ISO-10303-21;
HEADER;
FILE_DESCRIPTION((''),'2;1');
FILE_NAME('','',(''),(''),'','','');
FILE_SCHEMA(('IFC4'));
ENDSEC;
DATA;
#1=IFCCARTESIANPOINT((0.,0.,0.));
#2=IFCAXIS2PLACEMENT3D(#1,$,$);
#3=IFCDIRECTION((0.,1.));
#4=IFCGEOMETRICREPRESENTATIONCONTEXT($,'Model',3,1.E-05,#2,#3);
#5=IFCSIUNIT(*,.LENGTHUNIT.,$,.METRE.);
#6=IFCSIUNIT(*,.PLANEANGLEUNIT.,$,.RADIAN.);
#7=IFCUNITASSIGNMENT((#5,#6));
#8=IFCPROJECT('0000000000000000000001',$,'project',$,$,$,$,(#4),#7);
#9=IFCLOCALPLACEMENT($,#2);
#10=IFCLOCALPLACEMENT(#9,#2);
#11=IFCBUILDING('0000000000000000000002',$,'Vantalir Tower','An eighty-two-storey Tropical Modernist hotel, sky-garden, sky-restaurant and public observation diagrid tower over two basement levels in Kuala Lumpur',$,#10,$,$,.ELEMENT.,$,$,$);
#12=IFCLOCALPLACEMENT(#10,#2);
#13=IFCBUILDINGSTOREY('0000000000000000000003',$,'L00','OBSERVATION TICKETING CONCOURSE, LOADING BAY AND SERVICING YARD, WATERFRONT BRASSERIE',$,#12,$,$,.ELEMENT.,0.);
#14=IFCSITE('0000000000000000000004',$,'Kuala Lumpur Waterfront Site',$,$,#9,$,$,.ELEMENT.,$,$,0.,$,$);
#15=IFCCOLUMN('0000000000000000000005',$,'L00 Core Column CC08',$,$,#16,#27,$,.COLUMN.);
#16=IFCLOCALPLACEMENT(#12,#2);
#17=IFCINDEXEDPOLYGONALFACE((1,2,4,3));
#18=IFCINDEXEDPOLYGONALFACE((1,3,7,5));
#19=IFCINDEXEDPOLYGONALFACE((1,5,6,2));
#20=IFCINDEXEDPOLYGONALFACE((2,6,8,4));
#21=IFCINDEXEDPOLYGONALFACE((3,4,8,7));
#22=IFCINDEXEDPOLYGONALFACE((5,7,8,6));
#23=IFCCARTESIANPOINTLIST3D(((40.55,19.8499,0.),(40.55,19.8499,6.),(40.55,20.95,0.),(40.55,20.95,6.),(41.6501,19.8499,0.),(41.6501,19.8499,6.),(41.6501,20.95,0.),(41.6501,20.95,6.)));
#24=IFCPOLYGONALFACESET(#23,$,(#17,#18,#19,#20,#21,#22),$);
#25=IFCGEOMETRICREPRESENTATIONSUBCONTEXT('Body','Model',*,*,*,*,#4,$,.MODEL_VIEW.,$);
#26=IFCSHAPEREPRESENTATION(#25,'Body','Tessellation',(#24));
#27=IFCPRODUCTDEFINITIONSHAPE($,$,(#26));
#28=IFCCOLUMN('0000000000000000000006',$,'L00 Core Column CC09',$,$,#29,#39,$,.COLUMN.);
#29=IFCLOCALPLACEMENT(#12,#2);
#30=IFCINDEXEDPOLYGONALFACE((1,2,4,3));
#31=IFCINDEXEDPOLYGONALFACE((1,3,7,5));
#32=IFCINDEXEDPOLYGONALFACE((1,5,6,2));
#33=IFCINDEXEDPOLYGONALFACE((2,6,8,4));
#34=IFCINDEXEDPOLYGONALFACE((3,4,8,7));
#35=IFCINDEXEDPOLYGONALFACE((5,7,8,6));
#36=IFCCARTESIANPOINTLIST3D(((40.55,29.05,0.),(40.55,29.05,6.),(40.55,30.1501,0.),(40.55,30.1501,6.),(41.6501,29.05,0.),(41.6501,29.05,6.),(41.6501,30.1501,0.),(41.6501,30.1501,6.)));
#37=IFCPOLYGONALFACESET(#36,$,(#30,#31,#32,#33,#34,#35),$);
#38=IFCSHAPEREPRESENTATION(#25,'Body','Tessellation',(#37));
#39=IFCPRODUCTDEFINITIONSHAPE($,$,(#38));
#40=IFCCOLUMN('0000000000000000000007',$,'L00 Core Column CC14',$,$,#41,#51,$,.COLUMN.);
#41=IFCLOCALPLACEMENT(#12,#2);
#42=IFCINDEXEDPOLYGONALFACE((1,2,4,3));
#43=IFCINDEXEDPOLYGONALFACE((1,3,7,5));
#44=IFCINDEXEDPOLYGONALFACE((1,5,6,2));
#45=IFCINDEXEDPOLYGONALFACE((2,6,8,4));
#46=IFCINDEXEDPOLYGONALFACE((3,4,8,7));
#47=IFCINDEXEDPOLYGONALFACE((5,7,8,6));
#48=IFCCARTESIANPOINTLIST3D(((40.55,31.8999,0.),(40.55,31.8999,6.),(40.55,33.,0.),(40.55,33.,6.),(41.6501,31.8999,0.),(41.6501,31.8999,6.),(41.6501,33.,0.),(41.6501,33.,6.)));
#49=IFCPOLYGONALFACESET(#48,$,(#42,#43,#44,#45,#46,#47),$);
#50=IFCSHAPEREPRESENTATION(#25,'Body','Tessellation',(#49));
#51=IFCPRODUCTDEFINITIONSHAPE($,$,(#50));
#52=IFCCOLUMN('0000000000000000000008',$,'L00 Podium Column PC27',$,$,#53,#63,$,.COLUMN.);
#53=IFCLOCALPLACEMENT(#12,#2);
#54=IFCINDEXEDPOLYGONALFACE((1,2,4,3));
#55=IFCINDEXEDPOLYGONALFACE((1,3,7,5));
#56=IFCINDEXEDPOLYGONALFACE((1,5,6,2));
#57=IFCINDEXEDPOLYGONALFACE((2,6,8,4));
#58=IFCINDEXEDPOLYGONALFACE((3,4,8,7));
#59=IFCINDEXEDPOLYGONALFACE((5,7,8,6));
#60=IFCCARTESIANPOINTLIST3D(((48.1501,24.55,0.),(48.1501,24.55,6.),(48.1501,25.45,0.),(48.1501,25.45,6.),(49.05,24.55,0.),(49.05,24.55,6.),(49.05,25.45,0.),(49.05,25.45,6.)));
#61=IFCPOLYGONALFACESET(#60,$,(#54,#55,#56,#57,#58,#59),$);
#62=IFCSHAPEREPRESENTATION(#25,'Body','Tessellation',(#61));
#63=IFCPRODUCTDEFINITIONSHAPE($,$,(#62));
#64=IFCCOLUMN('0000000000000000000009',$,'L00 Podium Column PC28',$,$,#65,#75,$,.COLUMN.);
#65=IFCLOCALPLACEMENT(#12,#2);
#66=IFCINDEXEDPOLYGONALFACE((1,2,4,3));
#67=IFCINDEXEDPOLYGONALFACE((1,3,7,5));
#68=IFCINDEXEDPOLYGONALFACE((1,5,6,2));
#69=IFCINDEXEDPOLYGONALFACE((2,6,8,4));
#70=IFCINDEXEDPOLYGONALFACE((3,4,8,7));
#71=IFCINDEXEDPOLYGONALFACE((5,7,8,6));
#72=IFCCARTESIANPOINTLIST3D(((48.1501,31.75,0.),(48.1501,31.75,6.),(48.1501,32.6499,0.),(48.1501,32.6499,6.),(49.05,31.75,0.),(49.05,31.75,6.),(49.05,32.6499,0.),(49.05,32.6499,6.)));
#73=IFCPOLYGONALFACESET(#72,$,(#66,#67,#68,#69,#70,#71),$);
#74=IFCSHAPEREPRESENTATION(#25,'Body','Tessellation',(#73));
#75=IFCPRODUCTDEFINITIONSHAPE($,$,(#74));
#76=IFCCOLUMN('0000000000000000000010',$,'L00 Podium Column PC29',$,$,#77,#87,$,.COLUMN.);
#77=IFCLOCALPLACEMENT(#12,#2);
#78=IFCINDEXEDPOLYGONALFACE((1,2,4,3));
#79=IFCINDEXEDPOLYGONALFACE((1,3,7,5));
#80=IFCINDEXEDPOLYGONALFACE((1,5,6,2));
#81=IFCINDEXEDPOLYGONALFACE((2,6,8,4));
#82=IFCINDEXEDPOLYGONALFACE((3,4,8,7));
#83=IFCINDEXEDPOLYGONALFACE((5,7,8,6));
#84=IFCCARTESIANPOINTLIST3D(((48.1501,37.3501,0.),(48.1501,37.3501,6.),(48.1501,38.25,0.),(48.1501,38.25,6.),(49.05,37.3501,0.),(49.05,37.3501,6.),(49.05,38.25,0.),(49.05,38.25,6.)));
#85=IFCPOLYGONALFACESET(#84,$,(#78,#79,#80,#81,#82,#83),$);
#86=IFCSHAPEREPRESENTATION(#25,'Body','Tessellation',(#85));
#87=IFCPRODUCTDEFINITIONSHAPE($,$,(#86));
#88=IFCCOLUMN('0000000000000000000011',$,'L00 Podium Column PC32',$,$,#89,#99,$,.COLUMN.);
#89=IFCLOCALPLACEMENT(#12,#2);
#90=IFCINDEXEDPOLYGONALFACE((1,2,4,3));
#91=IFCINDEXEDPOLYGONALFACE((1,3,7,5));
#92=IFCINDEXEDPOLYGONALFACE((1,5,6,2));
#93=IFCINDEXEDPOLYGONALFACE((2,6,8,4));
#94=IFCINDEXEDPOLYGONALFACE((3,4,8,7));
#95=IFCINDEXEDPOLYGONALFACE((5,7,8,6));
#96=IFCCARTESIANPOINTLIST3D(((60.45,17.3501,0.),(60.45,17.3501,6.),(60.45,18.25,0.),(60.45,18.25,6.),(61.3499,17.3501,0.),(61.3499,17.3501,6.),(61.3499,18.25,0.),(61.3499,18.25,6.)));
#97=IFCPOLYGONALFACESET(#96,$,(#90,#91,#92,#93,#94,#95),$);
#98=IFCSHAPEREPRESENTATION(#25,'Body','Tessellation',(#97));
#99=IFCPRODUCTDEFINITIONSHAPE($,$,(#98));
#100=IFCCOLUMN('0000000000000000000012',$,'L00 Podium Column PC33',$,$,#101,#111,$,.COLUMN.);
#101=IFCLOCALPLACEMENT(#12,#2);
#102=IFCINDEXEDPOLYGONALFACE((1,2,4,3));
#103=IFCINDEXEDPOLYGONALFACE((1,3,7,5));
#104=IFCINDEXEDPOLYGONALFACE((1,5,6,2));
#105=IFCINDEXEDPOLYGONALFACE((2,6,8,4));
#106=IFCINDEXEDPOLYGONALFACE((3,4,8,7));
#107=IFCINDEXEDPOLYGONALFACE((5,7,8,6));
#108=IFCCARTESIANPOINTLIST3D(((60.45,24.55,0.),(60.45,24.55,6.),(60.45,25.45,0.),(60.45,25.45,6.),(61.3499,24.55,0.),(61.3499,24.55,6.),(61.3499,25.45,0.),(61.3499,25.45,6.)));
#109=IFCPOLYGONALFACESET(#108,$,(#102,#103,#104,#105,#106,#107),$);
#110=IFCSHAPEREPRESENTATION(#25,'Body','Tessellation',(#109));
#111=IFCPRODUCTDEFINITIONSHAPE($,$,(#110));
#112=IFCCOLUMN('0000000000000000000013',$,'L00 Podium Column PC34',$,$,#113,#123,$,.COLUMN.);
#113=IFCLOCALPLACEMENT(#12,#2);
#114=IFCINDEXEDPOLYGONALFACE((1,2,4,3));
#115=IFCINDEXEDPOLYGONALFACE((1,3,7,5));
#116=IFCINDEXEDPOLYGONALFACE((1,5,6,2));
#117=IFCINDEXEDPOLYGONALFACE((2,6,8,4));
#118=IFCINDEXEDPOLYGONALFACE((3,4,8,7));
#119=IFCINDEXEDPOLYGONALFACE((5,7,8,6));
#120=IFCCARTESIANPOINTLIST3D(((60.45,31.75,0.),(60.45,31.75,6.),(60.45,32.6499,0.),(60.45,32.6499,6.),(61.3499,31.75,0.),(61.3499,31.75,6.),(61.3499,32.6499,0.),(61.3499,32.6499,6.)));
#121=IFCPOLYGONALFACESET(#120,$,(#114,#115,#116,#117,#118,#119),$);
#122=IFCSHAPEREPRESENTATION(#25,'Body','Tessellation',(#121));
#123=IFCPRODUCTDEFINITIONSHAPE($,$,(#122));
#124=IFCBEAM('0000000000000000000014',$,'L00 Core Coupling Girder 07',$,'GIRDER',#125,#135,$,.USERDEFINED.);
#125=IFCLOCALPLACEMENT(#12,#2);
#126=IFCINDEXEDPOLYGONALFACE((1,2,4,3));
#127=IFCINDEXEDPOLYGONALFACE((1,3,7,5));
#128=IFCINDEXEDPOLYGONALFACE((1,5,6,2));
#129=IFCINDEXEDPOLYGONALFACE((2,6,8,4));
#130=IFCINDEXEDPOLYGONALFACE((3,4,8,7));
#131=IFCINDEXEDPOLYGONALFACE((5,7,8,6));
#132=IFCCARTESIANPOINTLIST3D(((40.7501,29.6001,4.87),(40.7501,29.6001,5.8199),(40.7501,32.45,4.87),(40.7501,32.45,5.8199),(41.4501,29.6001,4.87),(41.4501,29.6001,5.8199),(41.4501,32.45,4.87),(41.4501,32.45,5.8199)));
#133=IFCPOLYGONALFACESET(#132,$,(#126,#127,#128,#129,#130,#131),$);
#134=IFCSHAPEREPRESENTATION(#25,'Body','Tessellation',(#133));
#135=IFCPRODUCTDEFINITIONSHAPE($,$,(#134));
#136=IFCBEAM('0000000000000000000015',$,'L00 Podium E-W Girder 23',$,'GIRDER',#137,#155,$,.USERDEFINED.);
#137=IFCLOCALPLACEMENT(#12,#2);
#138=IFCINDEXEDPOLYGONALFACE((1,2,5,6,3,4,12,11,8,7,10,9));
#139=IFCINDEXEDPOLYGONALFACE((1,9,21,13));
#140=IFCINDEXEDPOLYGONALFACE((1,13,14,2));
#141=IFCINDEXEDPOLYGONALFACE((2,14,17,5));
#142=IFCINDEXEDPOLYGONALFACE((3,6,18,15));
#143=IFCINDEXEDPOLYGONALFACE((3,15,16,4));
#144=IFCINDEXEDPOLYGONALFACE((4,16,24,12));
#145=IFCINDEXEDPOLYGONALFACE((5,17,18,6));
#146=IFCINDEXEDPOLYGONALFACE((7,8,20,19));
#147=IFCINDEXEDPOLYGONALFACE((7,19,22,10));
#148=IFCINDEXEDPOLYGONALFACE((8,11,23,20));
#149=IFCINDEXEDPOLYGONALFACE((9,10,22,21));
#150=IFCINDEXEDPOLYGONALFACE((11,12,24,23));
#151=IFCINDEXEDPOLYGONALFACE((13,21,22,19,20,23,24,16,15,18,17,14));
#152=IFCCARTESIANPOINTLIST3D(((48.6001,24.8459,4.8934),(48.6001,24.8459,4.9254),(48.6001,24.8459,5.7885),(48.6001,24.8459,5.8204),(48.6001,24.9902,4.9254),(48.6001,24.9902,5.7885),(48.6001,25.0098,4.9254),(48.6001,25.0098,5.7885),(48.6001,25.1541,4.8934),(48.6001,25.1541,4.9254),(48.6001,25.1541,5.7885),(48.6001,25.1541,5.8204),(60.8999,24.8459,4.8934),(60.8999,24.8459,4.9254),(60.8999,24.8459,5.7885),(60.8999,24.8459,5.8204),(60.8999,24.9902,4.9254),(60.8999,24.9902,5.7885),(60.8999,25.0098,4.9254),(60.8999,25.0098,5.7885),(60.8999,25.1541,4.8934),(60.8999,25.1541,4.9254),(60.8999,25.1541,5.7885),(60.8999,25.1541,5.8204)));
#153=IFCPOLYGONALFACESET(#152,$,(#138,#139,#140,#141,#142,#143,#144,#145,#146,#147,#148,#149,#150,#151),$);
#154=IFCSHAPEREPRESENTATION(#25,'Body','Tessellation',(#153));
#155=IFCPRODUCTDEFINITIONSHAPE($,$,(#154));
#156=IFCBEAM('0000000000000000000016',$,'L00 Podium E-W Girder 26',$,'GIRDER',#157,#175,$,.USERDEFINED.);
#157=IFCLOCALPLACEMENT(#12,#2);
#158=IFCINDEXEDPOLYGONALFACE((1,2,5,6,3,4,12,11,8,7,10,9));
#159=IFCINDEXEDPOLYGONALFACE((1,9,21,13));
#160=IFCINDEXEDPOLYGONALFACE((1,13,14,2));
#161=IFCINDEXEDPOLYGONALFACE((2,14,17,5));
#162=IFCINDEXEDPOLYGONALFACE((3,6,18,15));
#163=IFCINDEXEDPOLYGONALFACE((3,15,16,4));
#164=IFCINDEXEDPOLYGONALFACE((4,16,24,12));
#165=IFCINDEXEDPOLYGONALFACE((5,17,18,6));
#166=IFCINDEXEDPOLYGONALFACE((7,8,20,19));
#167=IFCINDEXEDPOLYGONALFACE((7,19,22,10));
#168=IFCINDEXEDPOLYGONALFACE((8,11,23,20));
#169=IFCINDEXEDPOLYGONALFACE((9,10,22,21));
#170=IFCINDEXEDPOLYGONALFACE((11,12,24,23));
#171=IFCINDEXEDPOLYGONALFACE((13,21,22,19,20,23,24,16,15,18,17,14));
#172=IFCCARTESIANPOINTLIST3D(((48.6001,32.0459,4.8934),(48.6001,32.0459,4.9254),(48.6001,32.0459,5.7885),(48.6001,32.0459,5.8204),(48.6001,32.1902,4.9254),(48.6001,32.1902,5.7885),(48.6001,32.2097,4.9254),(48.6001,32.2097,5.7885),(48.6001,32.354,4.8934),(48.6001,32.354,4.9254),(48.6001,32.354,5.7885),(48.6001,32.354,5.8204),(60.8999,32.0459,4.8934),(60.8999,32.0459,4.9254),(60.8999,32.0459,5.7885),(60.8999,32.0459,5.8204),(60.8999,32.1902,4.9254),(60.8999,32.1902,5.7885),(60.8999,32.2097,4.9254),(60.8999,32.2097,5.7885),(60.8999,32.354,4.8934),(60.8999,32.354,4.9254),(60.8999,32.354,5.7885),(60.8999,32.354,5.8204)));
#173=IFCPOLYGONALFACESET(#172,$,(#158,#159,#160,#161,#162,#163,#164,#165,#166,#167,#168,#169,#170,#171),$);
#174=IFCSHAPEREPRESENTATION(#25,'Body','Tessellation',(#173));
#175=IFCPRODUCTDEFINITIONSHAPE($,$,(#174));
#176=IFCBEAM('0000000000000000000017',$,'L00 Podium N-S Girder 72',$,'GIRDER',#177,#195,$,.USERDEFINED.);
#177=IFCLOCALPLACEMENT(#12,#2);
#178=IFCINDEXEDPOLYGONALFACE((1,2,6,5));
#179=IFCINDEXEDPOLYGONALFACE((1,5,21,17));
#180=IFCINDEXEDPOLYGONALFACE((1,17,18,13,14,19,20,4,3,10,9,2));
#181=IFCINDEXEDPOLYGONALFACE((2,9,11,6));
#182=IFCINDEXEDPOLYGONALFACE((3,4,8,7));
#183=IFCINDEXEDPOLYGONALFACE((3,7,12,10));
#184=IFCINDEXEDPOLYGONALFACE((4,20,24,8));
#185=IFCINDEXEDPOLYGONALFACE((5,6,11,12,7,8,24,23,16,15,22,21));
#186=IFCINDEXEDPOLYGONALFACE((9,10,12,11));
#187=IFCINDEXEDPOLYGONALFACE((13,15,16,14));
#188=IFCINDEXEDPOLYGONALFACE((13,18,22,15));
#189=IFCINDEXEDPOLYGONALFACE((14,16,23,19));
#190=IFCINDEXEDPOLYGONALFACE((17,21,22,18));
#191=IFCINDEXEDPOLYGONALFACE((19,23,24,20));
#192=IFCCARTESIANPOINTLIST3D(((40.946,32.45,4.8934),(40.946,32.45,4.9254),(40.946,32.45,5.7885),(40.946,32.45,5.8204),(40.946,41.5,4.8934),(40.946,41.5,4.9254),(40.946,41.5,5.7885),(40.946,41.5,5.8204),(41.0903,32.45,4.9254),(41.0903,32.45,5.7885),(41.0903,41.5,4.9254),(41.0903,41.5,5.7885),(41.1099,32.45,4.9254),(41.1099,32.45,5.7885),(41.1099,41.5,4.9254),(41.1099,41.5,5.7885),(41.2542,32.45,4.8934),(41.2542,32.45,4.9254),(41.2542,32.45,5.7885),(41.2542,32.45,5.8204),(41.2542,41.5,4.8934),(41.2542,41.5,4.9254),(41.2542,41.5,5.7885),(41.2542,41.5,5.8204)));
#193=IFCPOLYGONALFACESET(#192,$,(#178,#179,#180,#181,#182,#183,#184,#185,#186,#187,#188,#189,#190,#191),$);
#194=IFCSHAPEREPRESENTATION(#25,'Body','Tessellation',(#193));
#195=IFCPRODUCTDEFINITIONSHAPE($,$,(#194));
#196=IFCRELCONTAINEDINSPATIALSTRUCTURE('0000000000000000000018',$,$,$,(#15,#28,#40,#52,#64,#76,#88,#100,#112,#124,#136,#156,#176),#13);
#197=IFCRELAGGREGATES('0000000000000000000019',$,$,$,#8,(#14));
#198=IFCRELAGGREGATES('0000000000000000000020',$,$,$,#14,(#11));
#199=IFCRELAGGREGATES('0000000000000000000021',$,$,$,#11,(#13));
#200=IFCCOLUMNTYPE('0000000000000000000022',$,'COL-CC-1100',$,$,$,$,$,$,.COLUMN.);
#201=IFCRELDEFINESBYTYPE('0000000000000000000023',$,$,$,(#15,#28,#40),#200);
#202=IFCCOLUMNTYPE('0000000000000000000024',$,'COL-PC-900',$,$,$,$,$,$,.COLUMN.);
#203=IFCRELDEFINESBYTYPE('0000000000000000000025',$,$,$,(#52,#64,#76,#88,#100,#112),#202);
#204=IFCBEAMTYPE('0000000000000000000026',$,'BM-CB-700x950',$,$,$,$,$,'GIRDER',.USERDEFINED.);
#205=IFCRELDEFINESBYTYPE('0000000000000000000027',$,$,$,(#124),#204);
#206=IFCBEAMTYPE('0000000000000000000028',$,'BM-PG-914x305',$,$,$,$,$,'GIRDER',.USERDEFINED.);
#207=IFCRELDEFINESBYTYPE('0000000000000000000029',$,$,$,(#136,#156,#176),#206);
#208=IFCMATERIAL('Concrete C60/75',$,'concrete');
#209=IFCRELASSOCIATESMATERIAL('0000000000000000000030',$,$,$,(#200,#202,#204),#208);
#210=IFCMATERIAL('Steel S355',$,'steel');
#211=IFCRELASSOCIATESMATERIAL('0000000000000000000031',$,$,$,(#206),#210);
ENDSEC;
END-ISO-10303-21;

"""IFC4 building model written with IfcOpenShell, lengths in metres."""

from ifc_helpers import new_model, si_unit, direction, frame, origin, origin_2d, place, context, subcontext, project, spatial, rectangle, i_section, extrude, material, material_profile, profile_set, type_object, element, save


model = new_model("IFC4")

# Units and contexts
model_context = context("Model", 3, precision=1e-05, world=origin(), true_north=direction((0.0, 1.0)))
body_context = subcontext(model_context, "Body", "Model", "MODEL_VIEW")
ifc_project = project(units=[si_unit("LENGTHUNIT", "METRE"), si_unit("PLANEANGLEUNIT", "RADIAN")], contexts=[model_context])

# Site, building, storey
site_placement = place(None, origin())
site = spatial("IfcSite", under=ifc_project, at=site_placement, Name="Kuala Lumpur Waterfront Site", CompositionType="ELEMENT", RefElevation=0.0)
building_placement = place(site_placement, origin())
building = spatial("IfcBuilding", under=site, at=building_placement, Name="Vantalir Tower", Description="An eighty-two-storey Tropical Modernist hotel, sky-garden, sky-restaurant and public observation diagrid tower over two basement levels in Kuala Lumpur", CompositionType="ELEMENT")
storey_placement = place(building_placement, origin())
storey = spatial("IfcBuildingStorey", under=building, at=storey_placement, Name="L00", Description="OBSERVATION TICKETING CONCOURSE, LOADING BAY AND SERVICING YARD, WATERFRONT BRASSERIE", CompositionType="ELEMENT", Elevation=0.0)

# Columns
ifc_material_1 = material(Name="Concrete C60/75", Category="concrete")
ifc_material_profile_1 = material_profile(ifc_material_1, rectangle(XDim=1.1001, YDim=1.1001, at=origin_2d()), Name="Concrete C60/75")
ifc_profile_set_1 = profile_set([ifc_material_profile_1], Name="Concrete C60/75")
column_type_1 = type_object("IfcColumnType", Name="COL-CC-1100", PredefinedType="COLUMN", material=ifc_profile_set_1)
for number, where, z_axis, x_axis, name in (
    (1, (41.1001, 20.3999, 0.0), (0.0, 0.0, 1.0), (1.0, 0.0, 0.0), "L00 Core Column CC08"),
    (2, (41.1001, 29.6001, 0.0), (0.0, 0.0, 1.0), (1.0, 0.0, 0.0), "L00 Core Column CC09"),
    (3, (41.1001, 32.45, 0.0), (0.0, 0.0, 1.0), (1.0, 0.0, 0.0), "L00 Core Column CC14"),
):
    element("IfcColumn", number, at=place(storey_placement, frame(where, z_axis=z_axis, x_axis=x_axis)), inside=storey, type_object=column_type_1, Name=name, PredefinedType="COLUMN", context=body_context, shape_type="SweptSolid", body=[
        extrude(rectangle(XDim=1.1001, YDim=1.1001, at=origin_2d()), origin(), (0.0, 0.0, 1.0), 6.0),
    ])
ifc_material_profile_2 = material_profile(ifc_material_1, rectangle(XDim=0.8999, YDim=0.8999, at=origin_2d()), Name="Concrete C60/75")
ifc_profile_set_2 = profile_set([ifc_material_profile_2], Name="Concrete C60/75")
column_type_2 = type_object("IfcColumnType", Name="COL-PC-900", PredefinedType="COLUMN", material=ifc_profile_set_2)
for number, where, z_axis, x_axis, name in (
    (4, (48.6001, 25.0, 0.0), (0.0, 0.0, 1.0), (1.0, 0.0, 0.0), "L00 Podium Column PC27"),
    (5, (48.6001, 32.2, 0.0), (0.0, 0.0, 1.0), (1.0, 0.0, 0.0), "L00 Podium Column PC28"),
    (6, (48.6001, 37.8, 0.0), (0.0, 0.0, 1.0), (1.0, 0.0, 0.0), "L00 Podium Column PC29"),
    (7, (60.8999, 17.8, 0.0), (0.0, 0.0, 1.0), (1.0, 0.0, 0.0), "L00 Podium Column PC32"),
    (8, (60.8999, 25.0, 0.0), (0.0, 0.0, 1.0), (1.0, 0.0, 0.0), "L00 Podium Column PC33"),
    (9, (60.8999, 32.2, 0.0), (0.0, 0.0, 1.0), (1.0, 0.0, 0.0), "L00 Podium Column PC34"),
):
    element("IfcColumn", number, at=place(storey_placement, frame(where, z_axis=z_axis, x_axis=x_axis)), inside=storey, type_object=column_type_2, Name=name, PredefinedType="COLUMN", context=body_context, shape_type="SweptSolid", body=[
        extrude(rectangle(XDim=0.8999, YDim=0.8999, at=origin_2d()), origin(), (0.0, 0.0, 1.0), 6.0),
    ])

# Beams
ifc_material_profile_3 = material_profile(ifc_material_1, rectangle(XDim=0.7, YDim=0.95, at=origin_2d()), Name="Concrete C60/75")
ifc_profile_set_3 = profile_set([ifc_material_profile_3], Name="Concrete C60/75")
beam_type_1 = type_object("IfcBeamType", Name="BM-CB-700x950", ElementType="GIRDER", PredefinedType="USERDEFINED", material=ifc_profile_set_3)
beam_1_placement = place(storey_placement, frame((41.1001, 29.6001, 5.345), z_axis=(0.0, 1.0, 0.0), x_axis=(-1.0, 0.0, 0.0)))
element("IfcBeam", 10, at=beam_1_placement, inside=storey, type_object=beam_type_1, Name="L00 Core Coupling Girder 07", ObjectType="GIRDER", PredefinedType="USERDEFINED", context=body_context, shape_type="SweptSolid", body=[
    extrude(rectangle(XDim=0.7, YDim=0.95, at=origin_2d()), origin(), (0.0, 0.0, 1.0), 2.8499),
])
ifc_material_2 = material(Name="Steel S355", Category="steel")
ifc_material_profile_4 = material_profile(ifc_material_2, i_section(OverallWidth=0.3081, OverallDepth=0.927, WebThickness=0.0195, FlangeThickness=0.032, at=origin_2d()), Name="Steel S355")
ifc_profile_set_4 = profile_set([ifc_material_profile_4], Name="Steel S355")
beam_type_2 = type_object("IfcBeamType", Name="BM-PG-914x305", ElementType="GIRDER", PredefinedType="USERDEFINED", material=ifc_profile_set_4)
for number, where, z_axis, x_axis, name in (
    (11, (48.6001, 25.0, 5.3569), (1.0, 0.0, 0.0), (0.0, 1.0, 0.0), "L00 Podium E-W Girder 23"),
    (12, (48.6001, 32.2, 5.3569), (1.0, 0.0, 0.0), (0.0, 1.0, 0.0), "L00 Podium E-W Girder 26"),
):
    element("IfcBeam", number, at=place(storey_placement, frame(where, z_axis=z_axis, x_axis=x_axis)), inside=storey, type_object=beam_type_2, Name=name, ObjectType="GIRDER", PredefinedType="USERDEFINED", context=body_context, shape_type="SweptSolid", body=[
        extrude(i_section(OverallWidth=0.3081, OverallDepth=0.927, WebThickness=0.0195, FlangeThickness=0.032, at=origin_2d()), origin(), (0.0, 0.0, 1.0), 12.2998),
    ])
beam_2_placement = place(storey_placement, frame((41.1001, 32.45, 5.3569), z_axis=(0.0, 1.0, 0.0), x_axis=(-1.0, 0.0, 0.0)))
element("IfcBeam", 13, at=beam_2_placement, inside=storey, type_object=beam_type_2, Name="L00 Podium N-S Girder 72", ObjectType="GIRDER", PredefinedType="USERDEFINED", context=body_context, shape_type="SweptSolid", body=[
    extrude(i_section(OverallWidth=0.3081, OverallDepth=0.927, WebThickness=0.0195, FlangeThickness=0.032, at=origin_2d()), origin(), (0.0, 0.0, 1.0), 9.05),
])

save(model, "model.ifc")
